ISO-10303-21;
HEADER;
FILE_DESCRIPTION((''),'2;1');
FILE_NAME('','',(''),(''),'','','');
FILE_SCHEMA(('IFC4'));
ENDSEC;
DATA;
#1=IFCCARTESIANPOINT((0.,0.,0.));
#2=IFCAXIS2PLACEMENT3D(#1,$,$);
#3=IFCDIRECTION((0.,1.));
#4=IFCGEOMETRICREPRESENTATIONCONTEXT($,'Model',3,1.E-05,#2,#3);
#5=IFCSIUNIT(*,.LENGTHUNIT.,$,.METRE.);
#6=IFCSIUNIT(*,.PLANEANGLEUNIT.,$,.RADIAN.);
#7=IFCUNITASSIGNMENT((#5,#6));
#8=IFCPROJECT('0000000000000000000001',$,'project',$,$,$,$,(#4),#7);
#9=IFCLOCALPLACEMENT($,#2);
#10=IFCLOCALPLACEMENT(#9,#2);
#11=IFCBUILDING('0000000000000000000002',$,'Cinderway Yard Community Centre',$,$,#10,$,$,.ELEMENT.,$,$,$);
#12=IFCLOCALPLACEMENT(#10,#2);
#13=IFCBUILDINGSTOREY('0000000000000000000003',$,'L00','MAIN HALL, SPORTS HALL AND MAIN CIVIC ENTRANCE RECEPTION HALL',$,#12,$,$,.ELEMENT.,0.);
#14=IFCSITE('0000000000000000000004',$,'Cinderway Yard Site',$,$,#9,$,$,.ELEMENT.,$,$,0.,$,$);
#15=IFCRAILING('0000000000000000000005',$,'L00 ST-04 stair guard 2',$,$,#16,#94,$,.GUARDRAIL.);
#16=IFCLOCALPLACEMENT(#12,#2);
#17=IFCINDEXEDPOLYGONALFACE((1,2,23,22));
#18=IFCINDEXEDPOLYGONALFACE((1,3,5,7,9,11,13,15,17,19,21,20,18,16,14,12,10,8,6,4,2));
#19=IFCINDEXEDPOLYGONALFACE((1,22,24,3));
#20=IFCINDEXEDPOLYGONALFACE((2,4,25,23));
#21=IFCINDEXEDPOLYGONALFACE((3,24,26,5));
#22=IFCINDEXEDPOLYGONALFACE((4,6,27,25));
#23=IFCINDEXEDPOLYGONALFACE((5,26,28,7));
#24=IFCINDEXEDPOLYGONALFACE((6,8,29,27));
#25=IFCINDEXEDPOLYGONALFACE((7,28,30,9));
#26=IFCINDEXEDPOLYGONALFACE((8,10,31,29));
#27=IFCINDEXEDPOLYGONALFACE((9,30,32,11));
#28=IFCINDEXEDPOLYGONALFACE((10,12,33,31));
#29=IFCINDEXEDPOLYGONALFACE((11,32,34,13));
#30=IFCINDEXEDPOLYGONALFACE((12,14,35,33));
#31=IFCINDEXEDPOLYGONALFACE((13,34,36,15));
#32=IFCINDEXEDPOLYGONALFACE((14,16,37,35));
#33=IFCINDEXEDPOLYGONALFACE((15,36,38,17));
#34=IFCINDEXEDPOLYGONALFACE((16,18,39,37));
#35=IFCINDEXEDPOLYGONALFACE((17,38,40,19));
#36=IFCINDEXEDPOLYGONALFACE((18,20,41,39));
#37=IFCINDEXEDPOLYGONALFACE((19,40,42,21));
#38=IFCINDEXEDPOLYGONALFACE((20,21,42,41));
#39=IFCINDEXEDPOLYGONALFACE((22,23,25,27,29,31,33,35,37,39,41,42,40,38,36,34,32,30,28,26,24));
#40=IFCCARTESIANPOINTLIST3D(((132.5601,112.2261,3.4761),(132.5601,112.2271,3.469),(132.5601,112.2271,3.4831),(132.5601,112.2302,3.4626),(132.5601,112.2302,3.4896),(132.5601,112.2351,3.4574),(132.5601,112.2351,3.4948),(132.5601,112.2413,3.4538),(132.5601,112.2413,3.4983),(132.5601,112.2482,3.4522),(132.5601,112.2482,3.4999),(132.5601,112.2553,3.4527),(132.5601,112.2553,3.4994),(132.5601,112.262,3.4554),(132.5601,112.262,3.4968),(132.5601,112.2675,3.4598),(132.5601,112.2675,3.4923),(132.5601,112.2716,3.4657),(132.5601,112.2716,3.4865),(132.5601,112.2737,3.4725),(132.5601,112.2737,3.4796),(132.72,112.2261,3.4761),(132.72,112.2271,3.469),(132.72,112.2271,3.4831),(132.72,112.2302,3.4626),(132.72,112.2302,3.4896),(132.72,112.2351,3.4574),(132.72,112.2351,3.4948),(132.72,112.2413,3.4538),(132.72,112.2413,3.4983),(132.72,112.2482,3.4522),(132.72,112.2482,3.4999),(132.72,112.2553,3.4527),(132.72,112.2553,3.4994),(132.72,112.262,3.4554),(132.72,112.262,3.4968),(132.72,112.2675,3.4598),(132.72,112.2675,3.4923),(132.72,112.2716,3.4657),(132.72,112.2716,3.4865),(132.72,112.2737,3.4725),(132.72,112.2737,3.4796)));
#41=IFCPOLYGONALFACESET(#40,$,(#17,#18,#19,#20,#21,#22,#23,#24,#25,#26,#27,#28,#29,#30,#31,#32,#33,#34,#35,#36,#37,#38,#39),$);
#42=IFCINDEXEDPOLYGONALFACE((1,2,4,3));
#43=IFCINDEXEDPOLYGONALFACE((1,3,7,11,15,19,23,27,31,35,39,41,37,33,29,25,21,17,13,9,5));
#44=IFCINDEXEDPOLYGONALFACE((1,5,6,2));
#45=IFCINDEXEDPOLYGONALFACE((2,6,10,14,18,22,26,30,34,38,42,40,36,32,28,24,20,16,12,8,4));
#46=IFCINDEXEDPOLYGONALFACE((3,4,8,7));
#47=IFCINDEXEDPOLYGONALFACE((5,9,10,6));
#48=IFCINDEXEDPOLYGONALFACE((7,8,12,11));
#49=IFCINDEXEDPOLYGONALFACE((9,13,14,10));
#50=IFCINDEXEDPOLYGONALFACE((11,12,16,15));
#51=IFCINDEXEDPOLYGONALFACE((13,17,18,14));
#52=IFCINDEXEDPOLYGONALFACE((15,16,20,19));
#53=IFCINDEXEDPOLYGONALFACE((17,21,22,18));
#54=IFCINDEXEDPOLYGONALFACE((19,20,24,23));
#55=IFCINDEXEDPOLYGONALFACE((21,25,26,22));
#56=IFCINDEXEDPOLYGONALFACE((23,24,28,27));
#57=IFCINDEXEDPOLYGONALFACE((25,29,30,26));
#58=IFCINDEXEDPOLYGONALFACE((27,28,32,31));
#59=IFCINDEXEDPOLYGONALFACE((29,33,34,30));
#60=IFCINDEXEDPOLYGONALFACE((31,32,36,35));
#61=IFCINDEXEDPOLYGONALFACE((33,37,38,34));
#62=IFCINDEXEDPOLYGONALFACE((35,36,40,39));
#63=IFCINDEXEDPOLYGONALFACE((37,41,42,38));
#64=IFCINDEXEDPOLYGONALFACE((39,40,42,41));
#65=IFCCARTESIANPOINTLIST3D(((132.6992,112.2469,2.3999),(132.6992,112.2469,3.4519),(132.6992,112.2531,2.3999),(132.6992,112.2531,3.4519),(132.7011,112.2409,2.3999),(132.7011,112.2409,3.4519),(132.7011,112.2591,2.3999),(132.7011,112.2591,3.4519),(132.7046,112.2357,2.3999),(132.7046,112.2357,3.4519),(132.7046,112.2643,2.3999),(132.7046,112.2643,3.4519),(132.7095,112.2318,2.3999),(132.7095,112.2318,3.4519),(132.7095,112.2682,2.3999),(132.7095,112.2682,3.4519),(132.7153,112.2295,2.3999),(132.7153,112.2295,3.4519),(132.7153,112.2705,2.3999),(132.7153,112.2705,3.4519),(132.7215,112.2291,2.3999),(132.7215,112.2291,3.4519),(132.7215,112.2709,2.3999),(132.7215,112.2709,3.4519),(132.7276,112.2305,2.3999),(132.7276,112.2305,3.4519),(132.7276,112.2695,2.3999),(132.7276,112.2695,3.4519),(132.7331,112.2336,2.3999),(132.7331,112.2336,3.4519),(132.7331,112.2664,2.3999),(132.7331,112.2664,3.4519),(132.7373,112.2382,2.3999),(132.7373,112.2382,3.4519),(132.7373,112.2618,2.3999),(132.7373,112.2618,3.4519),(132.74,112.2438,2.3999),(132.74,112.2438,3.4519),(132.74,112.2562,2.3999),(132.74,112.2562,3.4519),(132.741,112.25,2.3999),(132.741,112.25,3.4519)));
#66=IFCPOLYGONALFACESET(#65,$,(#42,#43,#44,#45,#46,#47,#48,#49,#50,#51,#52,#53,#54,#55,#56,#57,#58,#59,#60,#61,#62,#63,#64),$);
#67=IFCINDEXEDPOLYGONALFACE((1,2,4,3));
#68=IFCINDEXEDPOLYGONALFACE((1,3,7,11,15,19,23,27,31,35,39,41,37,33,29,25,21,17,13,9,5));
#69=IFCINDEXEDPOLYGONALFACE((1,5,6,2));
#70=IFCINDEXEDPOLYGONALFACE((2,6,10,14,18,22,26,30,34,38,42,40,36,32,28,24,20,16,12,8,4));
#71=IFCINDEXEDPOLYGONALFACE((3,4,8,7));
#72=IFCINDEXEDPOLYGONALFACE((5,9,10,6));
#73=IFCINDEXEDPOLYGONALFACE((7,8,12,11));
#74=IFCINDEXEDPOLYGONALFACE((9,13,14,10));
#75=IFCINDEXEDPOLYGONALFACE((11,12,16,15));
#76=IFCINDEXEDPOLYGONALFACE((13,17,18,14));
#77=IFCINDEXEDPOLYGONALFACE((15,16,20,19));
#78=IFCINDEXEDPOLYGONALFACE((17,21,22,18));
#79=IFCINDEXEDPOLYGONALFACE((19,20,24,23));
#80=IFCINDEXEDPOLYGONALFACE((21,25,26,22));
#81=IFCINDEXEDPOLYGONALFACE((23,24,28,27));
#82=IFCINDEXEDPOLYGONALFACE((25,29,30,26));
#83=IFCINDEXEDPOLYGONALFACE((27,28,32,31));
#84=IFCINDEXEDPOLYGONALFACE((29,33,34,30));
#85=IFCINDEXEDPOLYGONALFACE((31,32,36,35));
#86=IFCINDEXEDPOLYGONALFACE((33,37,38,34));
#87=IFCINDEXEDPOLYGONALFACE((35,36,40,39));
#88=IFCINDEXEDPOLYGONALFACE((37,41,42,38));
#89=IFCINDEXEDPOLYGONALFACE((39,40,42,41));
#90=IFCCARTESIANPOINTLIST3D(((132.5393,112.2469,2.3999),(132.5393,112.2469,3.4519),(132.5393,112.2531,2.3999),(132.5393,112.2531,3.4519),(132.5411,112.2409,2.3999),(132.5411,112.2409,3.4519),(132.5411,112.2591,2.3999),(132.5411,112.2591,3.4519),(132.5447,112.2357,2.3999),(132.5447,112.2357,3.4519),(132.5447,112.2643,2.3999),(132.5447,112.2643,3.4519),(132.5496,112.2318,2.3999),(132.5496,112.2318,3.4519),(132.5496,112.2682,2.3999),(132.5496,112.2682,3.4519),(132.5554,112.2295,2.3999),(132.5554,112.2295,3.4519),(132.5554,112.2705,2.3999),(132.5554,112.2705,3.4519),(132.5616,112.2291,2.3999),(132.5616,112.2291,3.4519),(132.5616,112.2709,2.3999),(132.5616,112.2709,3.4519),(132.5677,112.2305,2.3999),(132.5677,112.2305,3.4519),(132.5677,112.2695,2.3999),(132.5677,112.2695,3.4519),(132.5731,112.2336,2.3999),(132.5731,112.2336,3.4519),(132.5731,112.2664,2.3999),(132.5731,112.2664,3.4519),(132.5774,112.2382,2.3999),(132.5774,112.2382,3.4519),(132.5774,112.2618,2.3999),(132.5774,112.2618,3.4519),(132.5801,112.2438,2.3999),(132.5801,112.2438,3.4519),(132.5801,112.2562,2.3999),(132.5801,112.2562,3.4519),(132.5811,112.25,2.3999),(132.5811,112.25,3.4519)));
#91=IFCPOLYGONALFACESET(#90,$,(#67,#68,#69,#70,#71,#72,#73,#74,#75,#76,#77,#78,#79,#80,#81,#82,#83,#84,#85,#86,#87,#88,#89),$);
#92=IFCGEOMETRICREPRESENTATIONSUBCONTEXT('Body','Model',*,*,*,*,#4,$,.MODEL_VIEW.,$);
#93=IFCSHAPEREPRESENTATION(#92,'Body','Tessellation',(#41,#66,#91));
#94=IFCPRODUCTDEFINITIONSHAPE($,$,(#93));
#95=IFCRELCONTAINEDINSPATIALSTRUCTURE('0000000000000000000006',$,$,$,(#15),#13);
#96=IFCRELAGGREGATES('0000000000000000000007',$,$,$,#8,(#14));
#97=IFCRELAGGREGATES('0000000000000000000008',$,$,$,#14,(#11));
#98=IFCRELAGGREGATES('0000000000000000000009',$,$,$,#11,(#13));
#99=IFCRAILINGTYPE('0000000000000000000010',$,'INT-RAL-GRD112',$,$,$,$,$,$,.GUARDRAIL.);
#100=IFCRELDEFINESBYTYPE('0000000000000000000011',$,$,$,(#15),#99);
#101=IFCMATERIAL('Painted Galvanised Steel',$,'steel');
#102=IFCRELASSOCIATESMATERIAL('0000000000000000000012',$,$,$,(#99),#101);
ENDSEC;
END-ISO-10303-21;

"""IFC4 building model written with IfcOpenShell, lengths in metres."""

from ifc_helpers import new_model, si_unit, direction, frame, origin, origin_2d, place, context, subcontext, project, spatial, circle, extrude, material, type_object, element, save


model = new_model("IFC4")

# Units and contexts
model_context = context("Model", 3, precision=1e-05, world=origin(), true_north=direction((0.0, 1.0)))
body_context = subcontext(model_context, "Body", "Model", "MODEL_VIEW")
ifc_project = project(units=[si_unit("LENGTHUNIT", "METRE"), si_unit("PLANEANGLEUNIT", "RADIAN")], contexts=[model_context])

# Site, building, storey
site_placement = place(None, origin())
site = spatial("IfcSite", under=ifc_project, at=site_placement, Name="Cinderway Yard Site", CompositionType="ELEMENT", RefElevation=0.0)
building_placement = place(site_placement, origin())
building = spatial("IfcBuilding", under=site, at=building_placement, Name="Cinderway Yard Community Centre", CompositionType="ELEMENT")
storey_placement = place(building_placement, origin())
storey = spatial("IfcBuildingStorey", under=building, at=storey_placement, Name="L00", Description="MAIN HALL, SPORTS HALL AND MAIN CIVIC ENTRANCE RECEPTION HALL", CompositionType="ELEMENT", Elevation=0.0)

# Railing
ifc_material_1 = material(Name="Painted Galvanised Steel", Category="steel")
railing_type_1 = type_object("IfcRailingType", Name="INT-RAL-GRD112", PredefinedType="GUARDRAIL", material=ifc_material_1)
railing_1_placement = place(storey_placement, frame((132.72, 112.25, 2.3999)))
element("IfcRailing", 1, at=railing_1_placement, inside=storey, type_object=railing_type_1, Name="L00 ST-04 stair guard 2", PredefinedType="GUARDRAIL", context=body_context, shape_type="SweptSolid", body=[
    extrude(circle(Radius=0.0239, at=origin_2d()), frame((0.0, 0.0, 1.0762), z_axis=(-1.0, 0.0, 0.0), x_axis=(0.0, -1.0, 0.0)), (0.0, 0.0, 1.0), 0.1599),
    extrude(circle(Radius=0.021, at=origin_2d()), origin(), (0.0, 0.0, 1.0), 1.052),
    extrude(circle(Radius=0.021, at=origin_2d()), frame((-0.1599, 0.0, 0.0)), (0.0, 0.0, 1.0), 1.052),
])

save(model, "model.ifc")
